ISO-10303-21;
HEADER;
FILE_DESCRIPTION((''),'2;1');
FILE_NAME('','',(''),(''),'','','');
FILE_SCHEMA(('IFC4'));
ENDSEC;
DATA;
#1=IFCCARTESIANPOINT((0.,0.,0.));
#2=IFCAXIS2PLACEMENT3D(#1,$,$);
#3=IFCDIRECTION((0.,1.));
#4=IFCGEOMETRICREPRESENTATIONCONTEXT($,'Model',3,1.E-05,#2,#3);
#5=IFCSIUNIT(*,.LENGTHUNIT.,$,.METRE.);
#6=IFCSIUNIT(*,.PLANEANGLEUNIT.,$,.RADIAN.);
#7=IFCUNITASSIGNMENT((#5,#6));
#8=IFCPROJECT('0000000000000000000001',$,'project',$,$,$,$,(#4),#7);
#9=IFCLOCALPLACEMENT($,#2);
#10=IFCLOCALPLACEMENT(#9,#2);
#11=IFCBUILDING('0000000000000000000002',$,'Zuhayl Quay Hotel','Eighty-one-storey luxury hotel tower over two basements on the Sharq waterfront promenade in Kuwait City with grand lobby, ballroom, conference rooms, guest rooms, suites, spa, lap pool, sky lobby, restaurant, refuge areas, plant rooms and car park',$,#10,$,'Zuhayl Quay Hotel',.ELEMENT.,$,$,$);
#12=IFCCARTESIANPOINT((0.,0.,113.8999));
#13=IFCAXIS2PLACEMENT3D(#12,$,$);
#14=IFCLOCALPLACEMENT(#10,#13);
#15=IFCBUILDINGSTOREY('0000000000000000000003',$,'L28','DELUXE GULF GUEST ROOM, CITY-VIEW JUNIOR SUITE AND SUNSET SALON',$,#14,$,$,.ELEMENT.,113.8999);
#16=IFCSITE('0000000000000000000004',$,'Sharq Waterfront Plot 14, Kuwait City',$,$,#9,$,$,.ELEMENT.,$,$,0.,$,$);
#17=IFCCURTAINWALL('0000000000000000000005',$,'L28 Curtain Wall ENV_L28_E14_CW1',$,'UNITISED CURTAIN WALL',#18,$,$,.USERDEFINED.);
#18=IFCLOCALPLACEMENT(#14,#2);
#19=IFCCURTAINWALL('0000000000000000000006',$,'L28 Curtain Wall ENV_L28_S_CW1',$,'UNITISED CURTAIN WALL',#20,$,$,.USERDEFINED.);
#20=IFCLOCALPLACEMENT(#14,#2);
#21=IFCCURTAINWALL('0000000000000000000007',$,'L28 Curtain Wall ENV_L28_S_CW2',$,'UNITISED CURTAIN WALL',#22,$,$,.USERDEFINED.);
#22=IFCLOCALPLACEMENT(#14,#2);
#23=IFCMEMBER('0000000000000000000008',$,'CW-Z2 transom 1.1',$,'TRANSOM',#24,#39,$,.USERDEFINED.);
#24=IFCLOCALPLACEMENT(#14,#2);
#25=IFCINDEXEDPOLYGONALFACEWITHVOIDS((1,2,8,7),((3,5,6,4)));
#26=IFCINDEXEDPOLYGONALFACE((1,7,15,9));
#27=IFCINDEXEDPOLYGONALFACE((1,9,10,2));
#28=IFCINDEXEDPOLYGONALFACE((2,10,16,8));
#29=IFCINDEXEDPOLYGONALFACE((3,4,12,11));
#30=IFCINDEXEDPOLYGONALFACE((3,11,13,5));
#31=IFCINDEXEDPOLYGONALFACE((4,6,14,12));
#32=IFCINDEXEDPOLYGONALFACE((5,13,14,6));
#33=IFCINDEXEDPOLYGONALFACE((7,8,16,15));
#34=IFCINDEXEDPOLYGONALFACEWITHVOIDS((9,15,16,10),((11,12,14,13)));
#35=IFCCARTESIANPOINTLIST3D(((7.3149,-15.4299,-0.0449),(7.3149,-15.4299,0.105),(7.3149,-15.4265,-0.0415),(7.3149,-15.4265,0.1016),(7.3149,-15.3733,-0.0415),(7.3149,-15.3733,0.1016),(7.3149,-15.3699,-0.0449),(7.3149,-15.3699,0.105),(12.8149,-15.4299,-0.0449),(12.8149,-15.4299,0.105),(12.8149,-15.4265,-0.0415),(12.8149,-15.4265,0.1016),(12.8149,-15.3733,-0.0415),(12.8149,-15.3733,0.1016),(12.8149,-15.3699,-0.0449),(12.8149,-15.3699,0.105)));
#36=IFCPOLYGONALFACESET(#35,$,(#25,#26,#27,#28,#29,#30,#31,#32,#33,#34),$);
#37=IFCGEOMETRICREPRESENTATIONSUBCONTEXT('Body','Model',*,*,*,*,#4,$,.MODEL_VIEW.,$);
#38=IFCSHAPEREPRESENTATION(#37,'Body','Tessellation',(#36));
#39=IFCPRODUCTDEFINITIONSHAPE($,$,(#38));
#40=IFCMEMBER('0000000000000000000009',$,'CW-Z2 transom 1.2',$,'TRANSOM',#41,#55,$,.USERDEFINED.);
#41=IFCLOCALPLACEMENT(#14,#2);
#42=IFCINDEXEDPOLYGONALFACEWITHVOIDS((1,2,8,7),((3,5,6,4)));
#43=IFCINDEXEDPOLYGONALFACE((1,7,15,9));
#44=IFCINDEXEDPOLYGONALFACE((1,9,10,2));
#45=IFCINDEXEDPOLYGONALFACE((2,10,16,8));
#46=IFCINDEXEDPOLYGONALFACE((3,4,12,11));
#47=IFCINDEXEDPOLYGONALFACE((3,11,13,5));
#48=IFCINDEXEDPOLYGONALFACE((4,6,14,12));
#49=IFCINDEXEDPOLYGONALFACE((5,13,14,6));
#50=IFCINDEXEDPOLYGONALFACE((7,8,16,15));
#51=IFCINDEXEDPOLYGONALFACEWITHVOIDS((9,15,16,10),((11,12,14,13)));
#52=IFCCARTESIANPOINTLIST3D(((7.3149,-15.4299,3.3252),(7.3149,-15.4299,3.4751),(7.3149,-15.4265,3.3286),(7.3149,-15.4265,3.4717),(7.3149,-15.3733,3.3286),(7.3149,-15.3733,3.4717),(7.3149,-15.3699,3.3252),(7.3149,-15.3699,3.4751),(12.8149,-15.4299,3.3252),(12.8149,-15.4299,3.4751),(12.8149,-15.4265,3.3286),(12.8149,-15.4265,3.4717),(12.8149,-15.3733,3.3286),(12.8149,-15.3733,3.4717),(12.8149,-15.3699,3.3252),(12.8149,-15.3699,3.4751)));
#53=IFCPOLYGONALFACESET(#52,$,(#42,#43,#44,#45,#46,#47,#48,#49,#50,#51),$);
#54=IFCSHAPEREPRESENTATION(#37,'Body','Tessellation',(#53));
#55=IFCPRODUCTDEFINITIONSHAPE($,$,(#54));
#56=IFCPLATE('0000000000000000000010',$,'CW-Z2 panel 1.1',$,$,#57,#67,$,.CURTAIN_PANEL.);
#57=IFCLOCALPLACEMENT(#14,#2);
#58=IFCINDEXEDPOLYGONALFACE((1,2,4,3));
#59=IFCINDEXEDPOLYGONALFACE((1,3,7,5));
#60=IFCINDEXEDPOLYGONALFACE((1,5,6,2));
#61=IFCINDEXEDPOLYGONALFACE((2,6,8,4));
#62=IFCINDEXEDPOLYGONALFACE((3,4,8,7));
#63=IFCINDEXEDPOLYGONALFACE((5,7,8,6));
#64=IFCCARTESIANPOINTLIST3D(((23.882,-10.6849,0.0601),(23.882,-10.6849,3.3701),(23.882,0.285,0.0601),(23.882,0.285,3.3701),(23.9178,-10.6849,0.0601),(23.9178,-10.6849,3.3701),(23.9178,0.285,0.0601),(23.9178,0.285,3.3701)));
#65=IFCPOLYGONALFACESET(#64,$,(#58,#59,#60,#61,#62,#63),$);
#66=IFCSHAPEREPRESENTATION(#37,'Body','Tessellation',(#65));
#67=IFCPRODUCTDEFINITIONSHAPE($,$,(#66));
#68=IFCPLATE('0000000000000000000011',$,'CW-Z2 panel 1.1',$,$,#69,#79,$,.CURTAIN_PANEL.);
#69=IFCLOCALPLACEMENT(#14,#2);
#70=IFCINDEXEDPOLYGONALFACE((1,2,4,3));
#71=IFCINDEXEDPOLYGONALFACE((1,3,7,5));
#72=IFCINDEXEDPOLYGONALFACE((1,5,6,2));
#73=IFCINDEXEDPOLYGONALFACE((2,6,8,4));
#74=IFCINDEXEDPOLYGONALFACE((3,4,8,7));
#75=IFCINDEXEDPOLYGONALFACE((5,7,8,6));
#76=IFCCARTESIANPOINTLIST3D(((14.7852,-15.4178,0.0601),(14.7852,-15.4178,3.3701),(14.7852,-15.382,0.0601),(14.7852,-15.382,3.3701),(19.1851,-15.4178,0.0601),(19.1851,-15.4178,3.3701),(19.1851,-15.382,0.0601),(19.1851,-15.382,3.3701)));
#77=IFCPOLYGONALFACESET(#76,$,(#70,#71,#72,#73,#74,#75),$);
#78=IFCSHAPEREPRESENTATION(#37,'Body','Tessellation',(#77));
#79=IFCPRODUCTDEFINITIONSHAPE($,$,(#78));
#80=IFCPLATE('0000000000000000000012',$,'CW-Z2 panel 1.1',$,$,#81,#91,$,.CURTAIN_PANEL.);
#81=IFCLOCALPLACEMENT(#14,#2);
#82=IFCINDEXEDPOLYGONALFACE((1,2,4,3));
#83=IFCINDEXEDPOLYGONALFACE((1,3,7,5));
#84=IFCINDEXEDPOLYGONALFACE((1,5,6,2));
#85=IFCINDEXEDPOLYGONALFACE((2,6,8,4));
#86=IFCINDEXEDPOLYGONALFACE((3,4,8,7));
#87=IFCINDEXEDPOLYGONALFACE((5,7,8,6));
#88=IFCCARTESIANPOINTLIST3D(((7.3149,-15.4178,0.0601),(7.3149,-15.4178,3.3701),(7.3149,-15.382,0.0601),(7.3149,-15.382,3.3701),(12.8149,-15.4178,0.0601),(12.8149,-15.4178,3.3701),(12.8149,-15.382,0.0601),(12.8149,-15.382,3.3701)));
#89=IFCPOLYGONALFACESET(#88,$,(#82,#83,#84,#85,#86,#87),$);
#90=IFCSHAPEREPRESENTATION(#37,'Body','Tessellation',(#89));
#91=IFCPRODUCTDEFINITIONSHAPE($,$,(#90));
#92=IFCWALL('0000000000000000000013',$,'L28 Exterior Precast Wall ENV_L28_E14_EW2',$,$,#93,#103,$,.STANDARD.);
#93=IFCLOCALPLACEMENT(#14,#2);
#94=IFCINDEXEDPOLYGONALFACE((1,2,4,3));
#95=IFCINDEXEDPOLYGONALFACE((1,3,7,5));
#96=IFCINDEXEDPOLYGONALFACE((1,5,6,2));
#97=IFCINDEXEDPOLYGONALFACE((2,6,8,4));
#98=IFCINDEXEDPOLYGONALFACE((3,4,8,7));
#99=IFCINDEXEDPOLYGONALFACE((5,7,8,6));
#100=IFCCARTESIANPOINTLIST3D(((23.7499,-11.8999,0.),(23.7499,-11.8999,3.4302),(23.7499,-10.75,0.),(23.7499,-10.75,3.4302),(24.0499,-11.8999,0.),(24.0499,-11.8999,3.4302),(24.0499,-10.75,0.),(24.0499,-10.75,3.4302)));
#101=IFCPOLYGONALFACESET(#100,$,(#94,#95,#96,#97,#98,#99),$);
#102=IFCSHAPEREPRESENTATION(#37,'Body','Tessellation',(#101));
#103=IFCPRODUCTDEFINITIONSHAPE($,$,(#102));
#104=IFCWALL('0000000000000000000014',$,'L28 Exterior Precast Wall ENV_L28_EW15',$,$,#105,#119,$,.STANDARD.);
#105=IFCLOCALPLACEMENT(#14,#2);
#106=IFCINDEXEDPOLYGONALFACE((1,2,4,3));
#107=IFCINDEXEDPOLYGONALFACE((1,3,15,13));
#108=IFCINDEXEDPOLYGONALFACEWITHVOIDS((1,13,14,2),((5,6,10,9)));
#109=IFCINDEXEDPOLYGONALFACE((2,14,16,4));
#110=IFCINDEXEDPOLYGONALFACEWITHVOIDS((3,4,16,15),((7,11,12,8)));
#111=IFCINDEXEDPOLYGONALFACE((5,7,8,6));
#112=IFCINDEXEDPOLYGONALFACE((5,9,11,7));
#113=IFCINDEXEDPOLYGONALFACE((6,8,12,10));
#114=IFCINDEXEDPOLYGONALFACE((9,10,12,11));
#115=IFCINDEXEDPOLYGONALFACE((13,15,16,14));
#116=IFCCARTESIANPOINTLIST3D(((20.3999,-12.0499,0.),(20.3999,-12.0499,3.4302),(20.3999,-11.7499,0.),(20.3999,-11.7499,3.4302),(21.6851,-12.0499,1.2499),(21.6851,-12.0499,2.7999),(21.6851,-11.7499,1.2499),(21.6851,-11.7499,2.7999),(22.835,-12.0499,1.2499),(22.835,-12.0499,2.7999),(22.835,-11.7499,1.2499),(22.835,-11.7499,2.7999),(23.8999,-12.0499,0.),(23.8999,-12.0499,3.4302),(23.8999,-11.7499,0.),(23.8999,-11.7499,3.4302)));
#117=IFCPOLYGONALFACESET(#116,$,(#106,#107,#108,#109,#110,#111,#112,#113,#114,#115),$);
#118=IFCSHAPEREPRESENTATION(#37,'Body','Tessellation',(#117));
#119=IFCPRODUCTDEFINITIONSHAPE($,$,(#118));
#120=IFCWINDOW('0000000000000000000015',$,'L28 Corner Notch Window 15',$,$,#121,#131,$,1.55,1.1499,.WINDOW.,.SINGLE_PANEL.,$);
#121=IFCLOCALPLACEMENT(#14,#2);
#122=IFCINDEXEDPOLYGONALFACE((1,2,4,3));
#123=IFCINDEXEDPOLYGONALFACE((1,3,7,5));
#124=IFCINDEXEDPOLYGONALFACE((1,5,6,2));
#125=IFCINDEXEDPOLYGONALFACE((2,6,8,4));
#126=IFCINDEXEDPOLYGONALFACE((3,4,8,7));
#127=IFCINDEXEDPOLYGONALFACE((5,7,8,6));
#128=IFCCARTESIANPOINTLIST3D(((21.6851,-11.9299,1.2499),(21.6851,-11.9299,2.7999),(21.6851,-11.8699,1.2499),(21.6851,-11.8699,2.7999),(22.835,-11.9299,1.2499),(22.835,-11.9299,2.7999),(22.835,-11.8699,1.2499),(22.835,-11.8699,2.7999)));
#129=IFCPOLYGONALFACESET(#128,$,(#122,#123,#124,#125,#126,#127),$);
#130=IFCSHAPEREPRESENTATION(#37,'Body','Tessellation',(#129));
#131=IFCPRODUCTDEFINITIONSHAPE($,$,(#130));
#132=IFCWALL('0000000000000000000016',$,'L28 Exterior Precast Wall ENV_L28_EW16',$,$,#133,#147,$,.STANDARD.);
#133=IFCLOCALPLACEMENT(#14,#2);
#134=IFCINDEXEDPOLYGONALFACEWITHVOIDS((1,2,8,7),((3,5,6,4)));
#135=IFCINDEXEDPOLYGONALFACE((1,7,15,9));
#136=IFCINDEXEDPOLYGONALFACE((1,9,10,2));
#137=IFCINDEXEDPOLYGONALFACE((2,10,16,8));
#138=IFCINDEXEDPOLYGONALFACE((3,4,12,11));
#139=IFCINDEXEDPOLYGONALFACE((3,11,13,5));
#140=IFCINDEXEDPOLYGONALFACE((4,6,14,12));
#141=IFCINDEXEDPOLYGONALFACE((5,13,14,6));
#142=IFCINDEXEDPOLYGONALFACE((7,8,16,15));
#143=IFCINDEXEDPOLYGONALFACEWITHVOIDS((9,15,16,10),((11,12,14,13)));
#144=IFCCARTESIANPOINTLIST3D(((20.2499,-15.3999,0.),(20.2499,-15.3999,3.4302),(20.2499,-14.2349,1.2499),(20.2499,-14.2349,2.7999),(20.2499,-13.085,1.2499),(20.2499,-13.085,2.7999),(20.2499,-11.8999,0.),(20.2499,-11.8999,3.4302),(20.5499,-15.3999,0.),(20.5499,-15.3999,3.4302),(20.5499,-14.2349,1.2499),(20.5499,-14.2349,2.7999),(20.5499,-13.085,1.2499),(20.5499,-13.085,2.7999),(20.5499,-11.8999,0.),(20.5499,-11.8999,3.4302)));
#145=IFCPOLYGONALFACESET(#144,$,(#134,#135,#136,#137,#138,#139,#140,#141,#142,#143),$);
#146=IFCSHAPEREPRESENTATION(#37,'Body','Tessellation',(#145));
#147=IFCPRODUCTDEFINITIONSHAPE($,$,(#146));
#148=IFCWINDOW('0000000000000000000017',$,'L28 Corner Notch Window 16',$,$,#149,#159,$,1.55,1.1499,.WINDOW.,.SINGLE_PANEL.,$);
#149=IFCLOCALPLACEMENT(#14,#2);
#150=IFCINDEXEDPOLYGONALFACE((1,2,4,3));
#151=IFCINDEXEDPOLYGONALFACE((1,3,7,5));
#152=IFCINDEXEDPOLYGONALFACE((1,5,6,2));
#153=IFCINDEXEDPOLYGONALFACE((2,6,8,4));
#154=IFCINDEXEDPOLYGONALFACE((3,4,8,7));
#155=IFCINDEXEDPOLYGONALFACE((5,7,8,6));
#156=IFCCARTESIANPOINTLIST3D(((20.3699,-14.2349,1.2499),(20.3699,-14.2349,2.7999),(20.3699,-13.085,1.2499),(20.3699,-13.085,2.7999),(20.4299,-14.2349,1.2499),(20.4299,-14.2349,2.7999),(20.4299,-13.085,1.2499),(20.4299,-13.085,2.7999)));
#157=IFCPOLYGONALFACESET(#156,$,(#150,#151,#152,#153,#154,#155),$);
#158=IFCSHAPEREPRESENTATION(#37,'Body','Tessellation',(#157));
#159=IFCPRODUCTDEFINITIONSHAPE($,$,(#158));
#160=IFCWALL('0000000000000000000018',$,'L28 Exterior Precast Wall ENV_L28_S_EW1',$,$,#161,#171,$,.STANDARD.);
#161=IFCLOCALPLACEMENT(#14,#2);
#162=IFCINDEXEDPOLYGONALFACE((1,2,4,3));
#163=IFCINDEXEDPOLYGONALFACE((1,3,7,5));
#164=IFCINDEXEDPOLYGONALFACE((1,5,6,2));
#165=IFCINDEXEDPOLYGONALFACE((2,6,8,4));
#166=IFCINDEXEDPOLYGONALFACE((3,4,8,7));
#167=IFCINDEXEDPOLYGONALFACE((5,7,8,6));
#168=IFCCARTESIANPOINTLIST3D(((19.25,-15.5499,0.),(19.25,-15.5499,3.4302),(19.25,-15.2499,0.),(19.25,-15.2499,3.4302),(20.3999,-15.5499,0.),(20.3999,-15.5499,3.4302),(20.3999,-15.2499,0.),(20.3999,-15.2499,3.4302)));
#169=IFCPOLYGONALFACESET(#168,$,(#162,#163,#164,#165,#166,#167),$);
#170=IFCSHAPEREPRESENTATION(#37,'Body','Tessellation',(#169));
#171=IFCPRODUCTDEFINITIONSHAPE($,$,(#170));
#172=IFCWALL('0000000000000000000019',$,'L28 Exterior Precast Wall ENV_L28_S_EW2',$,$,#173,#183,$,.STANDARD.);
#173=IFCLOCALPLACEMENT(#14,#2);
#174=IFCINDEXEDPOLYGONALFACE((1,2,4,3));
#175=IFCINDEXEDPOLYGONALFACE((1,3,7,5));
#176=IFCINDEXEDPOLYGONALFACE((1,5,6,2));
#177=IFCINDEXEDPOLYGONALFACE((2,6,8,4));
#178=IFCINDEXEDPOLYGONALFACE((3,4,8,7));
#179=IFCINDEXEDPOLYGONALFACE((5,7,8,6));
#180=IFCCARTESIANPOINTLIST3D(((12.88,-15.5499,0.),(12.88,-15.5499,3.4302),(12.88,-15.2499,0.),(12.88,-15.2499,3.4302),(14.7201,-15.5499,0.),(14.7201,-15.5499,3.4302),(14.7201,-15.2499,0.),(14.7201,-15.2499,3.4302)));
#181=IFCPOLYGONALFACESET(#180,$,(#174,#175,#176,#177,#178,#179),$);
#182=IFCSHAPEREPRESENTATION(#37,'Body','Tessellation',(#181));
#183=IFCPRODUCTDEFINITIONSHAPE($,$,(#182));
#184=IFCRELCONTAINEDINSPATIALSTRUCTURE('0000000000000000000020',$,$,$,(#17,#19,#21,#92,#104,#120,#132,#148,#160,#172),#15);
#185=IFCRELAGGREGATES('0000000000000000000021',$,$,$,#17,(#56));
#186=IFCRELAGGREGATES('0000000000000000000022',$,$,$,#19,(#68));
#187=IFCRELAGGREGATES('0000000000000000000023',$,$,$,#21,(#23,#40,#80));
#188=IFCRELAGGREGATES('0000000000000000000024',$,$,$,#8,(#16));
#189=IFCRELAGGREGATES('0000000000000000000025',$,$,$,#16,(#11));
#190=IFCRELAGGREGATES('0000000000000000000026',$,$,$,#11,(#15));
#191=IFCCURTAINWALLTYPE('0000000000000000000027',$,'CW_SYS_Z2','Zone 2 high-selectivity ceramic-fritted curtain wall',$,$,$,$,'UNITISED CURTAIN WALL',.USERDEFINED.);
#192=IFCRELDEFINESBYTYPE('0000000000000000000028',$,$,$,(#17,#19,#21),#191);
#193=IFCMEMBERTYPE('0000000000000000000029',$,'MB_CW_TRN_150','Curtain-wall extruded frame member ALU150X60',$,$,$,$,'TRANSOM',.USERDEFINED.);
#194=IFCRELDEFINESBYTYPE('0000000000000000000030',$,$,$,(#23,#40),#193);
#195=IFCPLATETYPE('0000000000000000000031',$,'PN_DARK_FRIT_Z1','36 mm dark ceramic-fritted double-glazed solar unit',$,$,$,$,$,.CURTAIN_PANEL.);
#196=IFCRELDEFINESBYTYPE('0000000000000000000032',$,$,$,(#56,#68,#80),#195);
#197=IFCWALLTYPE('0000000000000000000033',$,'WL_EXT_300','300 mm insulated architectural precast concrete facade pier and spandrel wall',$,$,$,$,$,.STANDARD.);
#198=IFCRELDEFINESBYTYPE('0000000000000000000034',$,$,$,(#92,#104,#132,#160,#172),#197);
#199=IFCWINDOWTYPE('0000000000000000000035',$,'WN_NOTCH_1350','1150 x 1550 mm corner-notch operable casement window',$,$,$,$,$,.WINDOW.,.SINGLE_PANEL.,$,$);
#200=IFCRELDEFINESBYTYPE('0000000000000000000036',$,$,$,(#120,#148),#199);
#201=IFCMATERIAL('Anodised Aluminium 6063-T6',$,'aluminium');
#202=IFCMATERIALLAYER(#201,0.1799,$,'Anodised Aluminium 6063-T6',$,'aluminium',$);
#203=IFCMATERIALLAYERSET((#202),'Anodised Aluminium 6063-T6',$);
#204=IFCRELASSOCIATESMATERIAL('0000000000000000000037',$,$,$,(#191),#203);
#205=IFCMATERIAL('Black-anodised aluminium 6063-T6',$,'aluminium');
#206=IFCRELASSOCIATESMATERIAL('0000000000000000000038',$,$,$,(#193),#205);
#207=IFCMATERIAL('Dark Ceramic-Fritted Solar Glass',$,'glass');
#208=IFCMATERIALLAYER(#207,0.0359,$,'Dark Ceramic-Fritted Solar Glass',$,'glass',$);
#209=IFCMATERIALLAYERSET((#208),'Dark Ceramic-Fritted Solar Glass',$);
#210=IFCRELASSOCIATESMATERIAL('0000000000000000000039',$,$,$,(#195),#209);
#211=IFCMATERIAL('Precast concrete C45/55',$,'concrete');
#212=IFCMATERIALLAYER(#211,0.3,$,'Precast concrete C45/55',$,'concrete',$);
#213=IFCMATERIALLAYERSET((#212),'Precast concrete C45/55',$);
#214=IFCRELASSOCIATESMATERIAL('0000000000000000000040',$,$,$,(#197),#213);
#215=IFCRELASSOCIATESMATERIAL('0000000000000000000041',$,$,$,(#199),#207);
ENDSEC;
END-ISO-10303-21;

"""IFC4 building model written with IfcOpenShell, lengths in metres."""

from ifc_helpers import new_model, si_unit, direction, frame, frame_2d, origin, origin_2d, place, context, subcontext, project, spatial, rectangle, hollow_rectangle, extrude, material, layer, layer_set, material_profile, profile_set, type_object, element, fill, aggregate, save


model = new_model("IFC4")

# Units and contexts
model_context = context("Model", 3, precision=1e-05, world=origin(), true_north=direction((0.0, 1.0)))
body_context = subcontext(model_context, "Body", "Model", "MODEL_VIEW")
ifc_project = project(units=[si_unit("LENGTHUNIT", "METRE"), si_unit("PLANEANGLEUNIT", "RADIAN")], contexts=[model_context])

# Site, building, storey
site_placement = place(None, origin())
site = spatial("IfcSite", under=ifc_project, at=site_placement, Name="Sharq Waterfront Plot 14, Kuwait City", CompositionType="ELEMENT", RefElevation=0.0)
building_placement = place(site_placement, origin())
building = spatial("IfcBuilding", under=site, at=building_placement, Name="Zuhayl Quay Hotel", Description="Eighty-one-storey luxury hotel tower over two basements on the Sharq waterfront promenade in Kuwait City with grand lobby, ballroom, conference rooms, guest rooms, suites, spa, lap pool, sky lobby, restaurant, refuge areas, plant rooms and car park", LongName="Zuhayl Quay Hotel", CompositionType="ELEMENT")
storey_placement = place(building_placement, frame((0.0, 0.0, 113.8999)))
storey = spatial("IfcBuildingStorey", under=building, at=storey_placement, Name="L28", Description="DELUXE GULF GUEST ROOM, CITY-VIEW JUNIOR SUITE AND SUNSET SALON", CompositionType="ELEMENT", Elevation=113.8999)

# Curtain wall
ifc_material_1 = material(Name="Anodised Aluminium 6063-T6", Category="aluminium")
ifc_layer_1 = layer(ifc_material_1, 0.1799, Name="Anodised Aluminium 6063-T6", Category="aluminium")
ifc_layer_set_1 = layer_set([ifc_layer_1], Name="Anodised Aluminium 6063-T6")
curtain_wall_type = type_object("IfcCurtainWallType", Name="CW_SYS_Z2", Description="Zone 2 high-selectivity ceramic-fritted curtain wall", ElementType="UNITISED CURTAIN WALL", PredefinedType="USERDEFINED", material=ifc_layer_set_1)
curtain_wall_1_placement = place(storey_placement, origin())
curtain_wall_1 = element("IfcCurtainWall", 1, at=curtain_wall_1_placement, inside=storey, type_object=curtain_wall_type, Name="L28 Curtain Wall ENV_L28_E14_CW1", ObjectType="UNITISED CURTAIN WALL", PredefinedType="USERDEFINED")
ifc_material_2 = material(Name="Black-anodised aluminium 6063-T6", Category="aluminium")

# Curtain walls
curtain_wall_2_placement = place(storey_placement, origin())
curtain_wall_2 = element("IfcCurtainWall", 2, at=curtain_wall_2_placement, inside=storey, type_object=curtain_wall_type, Name="L28 Curtain Wall ENV_L28_S_CW1", ObjectType="UNITISED CURTAIN WALL", PredefinedType="USERDEFINED")
curtain_wall_3_placement = place(storey_placement, origin())
curtain_wall_3 = element("IfcCurtainWall", 3, at=curtain_wall_3_placement, inside=storey, type_object=curtain_wall_type, Name="L28 Curtain Wall ENV_L28_S_CW2", ObjectType="UNITISED CURTAIN WALL", PredefinedType="USERDEFINED")

# Members
ifc_material_profile_1 = material_profile(ifc_material_2, hollow_rectangle(XDim=0.0601, YDim=0.1499, WallThickness=0.0034, at=origin_2d()), Name="ALU150X60")
ifc_profile_set_1 = profile_set([ifc_material_profile_1], Name="Black-anodised aluminium 6063-T6")
member_type_1 = type_object("IfcMemberType", Name="MB_CW_TRN_150", Description="Curtain-wall extruded frame member ALU150X60", ElementType="TRANSOM", PredefinedType="USERDEFINED", material=ifc_profile_set_1)
member_1_placement = place(storey_placement, frame((12.8149, -15.3999, 0.03), z_axis=(-1.0, 0.0, 0.0), x_axis=(0.0, -1.0, 0.0)))
member_1 = element("IfcMember", 4, at=member_1_placement, type_object=member_type_1, Name="CW-Z2 transom 1.1", ObjectType="TRANSOM", PredefinedType="USERDEFINED", context=body_context, shape_type="SweptSolid", body=[
    extrude(hollow_rectangle(XDim=0.0601, YDim=0.1499, WallThickness=0.0034, at=origin_2d()), origin(), (0.0, 0.0, 1.0), 5.5),
])
member_2_placement = place(storey_placement, frame((12.8149, -15.3999, 3.4001), z_axis=(-1.0, 0.0, 0.0), x_axis=(0.0, -1.0, 0.0)))
member_2 = element("IfcMember", 5, at=member_2_placement, type_object=member_type_1, Name="CW-Z2 transom 1.2", ObjectType="TRANSOM", PredefinedType="USERDEFINED", context=body_context, shape_type="SweptSolid", body=[
    extrude(hollow_rectangle(XDim=0.0601, YDim=0.1499, WallThickness=0.0034, at=origin_2d()), origin(), (0.0, 0.0, 1.0), 5.5),
])

# Plates
ifc_material_3 = material(Name="Dark Ceramic-Fritted Solar Glass", Category="glass")
ifc_layer_2 = layer(ifc_material_3, 0.0359, Name="Dark Ceramic-Fritted Solar Glass", Category="glass")
ifc_layer_set_2 = layer_set([ifc_layer_2], Name="Dark Ceramic-Fritted Solar Glass")
plate_type = type_object("IfcPlateType", Name="PN_DARK_FRIT_Z1", Description="36 mm dark ceramic-fritted double-glazed solar unit", PredefinedType="CURTAIN_PANEL", material=ifc_layer_set_2)
plate_1_placement = place(storey_placement, frame((23.8999, -5.2, 0.0601), z_axis=(0.0, 0.0, 1.0), x_axis=(0.0, -1.0, 0.0)))
plate_1 = element("IfcPlate", 6, at=plate_1_placement, type_object=plate_type, Name="CW-Z2 panel 1.1", PredefinedType="CURTAIN_PANEL", context=body_context, shape_type="SweptSolid", body=[
    extrude(rectangle(XDim=10.97, YDim=0.0359, at=origin_2d()), origin(), (0.0, 0.0, 1.0), 3.3101),
])
aggregate(curtain_wall_1, [plate_1])
plate_2_placement = place(storey_placement, frame((16.9851, -15.3999, 0.0601), z_axis=(0.0, 0.0, 1.0), x_axis=(-1.0, 0.0, 0.0)))
plate_2 = element("IfcPlate", 7, at=plate_2_placement, type_object=plate_type, Name="CW-Z2 panel 1.1", PredefinedType="CURTAIN_PANEL", context=body_context, shape_type="SweptSolid", body=[
    extrude(rectangle(XDim=4.3999, YDim=0.0359, at=origin_2d()), origin(), (0.0, 0.0, 1.0), 3.3101),
])
aggregate(curtain_wall_2, [plate_2])
plate_3_placement = place(storey_placement, frame((10.0649, -15.3999, 0.0601), z_axis=(0.0, 0.0, 1.0), x_axis=(-1.0, 0.0, 0.0)))
plate_3 = element("IfcPlate", 8, at=plate_3_placement, type_object=plate_type, Name="CW-Z2 panel 1.1", PredefinedType="CURTAIN_PANEL", context=body_context, shape_type="SweptSolid", body=[
    extrude(rectangle(XDim=5.5, YDim=0.0359, at=origin_2d()), origin(), (0.0, 0.0, 1.0), 3.3101),
])
aggregate(curtain_wall_3, [member_1, member_2, plate_3])

# Wall
ifc_material_4 = material(Name="Precast concrete C45/55", Category="concrete")
ifc_layer_3 = layer(ifc_material_4, 0.3, Name="Precast concrete C45/55", Category="concrete")
ifc_layer_set_3 = layer_set([ifc_layer_3], Name="Precast concrete C45/55")
wall_type_1 = type_object("IfcWallType", Name="WL_EXT_300", Description="300 mm insulated architectural precast concrete facade pier and spandrel wall", PredefinedType="STANDARD", material=ifc_layer_set_3)
wall_1_placement = place(storey_placement, frame((23.8999, -10.75, 0.0), z_axis=(0.0, 0.0, 1.0), x_axis=(0.0, -1.0, 0.0)))
element("IfcWall", 9, at=wall_1_placement, inside=storey, type_object=wall_type_1, Name="L28 Exterior Precast Wall ENV_L28_E14_EW2", PredefinedType="STANDARD", context=body_context, shape_type="SweptSolid", body=[
    extrude(rectangle(XDim=1.1499, YDim=0.3, at=frame_2d((0.575, 0.0))), origin(), (0.0, 0.0, 1.0), 3.4302),
])

# Walls, openings, windows
wall_2_placement = place(storey_placement, frame((23.8999, -11.8999, 0.0), z_axis=(0.0, 0.0, 1.0), x_axis=(-1.0, 0.0, 0.0)))
wall_2 = element("IfcWall", 10, at=wall_2_placement, inside=storey, type_object=wall_type_1, Name="L28 Exterior Precast Wall ENV_L28_EW15", PredefinedType="STANDARD", context=body_context, shape_type="SweptSolid", body=[
    extrude(rectangle(XDim=3.5, YDim=0.3, at=frame_2d((1.75, 0.0))), origin(), (0.0, 0.0, 1.0), 3.4302),
])
opening_1_placement = place(wall_2_placement, frame((1.0649, 0.0, 1.25)))
opening_1 = element("IfcOpeningElement", 11, at=opening_1_placement, cuts=wall_2, PredefinedType="OPENING", context=body_context, shape_type="SweptSolid", body=[
    extrude(rectangle(XDim=1.1499, YDim=1.55, at=frame_2d((0.575, 0.7749))), frame((0.0, 0.1599, 0.0), z_axis=(0.0, -1.0, 0.0), x_axis=(1.0, 0.0, 0.0)), (0.0, 0.0, 1.0), 0.3201),
])
window_type = type_object("IfcWindowType", Name="WN_NOTCH_1350", Description="1150 x 1550 mm corner-notch operable casement window", PartitioningType="SINGLE_PANEL", PredefinedType="WINDOW", material=ifc_material_3)
window_1_placement = place(opening_1_placement, origin())
window_1 = element("IfcWindow", 12, at=window_1_placement, inside=storey, type_object=window_type, Name="L28 Corner Notch Window 15", OverallHeight=1.55, OverallWidth=1.1499, PartitioningType="SINGLE_PANEL", PredefinedType="WINDOW", context=body_context, shape_type="SweptSolid", body=[
    extrude(rectangle(XDim=1.1499, YDim=1.55, at=frame_2d((0.575, 0.7749))), frame((0.0, 0.03, 0.0), z_axis=(0.0, -1.0, 0.0), x_axis=(1.0, 0.0, 0.0)), (0.0, 0.0, 1.0), 0.0601),
])
fill(opening_1, window_1)
wall_3_placement = place(storey_placement, frame((20.3999, -11.8999, 0.0), z_axis=(0.0, 0.0, 1.0), x_axis=(0.0, -1.0, 0.0)))
wall_3 = element("IfcWall", 13, at=wall_3_placement, inside=storey, type_object=wall_type_1, Name="L28 Exterior Precast Wall ENV_L28_EW16", PredefinedType="STANDARD", context=body_context, shape_type="SweptSolid", body=[
    extrude(rectangle(XDim=3.5, YDim=0.3, at=frame_2d((1.75, 0.0))), origin(), (0.0, 0.0, 1.0), 3.4302),
])
opening_2_placement = place(wall_3_placement, frame((1.1851, 0.0, 1.25)))
opening_2 = element("IfcOpeningElement", 14, at=opening_2_placement, cuts=wall_3, PredefinedType="OPENING", context=body_context, shape_type="SweptSolid", body=[
    extrude(rectangle(XDim=1.1499, YDim=1.55, at=frame_2d((0.575, 0.7749))), frame((0.0, 0.1599, 0.0), z_axis=(0.0, -1.0, 0.0), x_axis=(1.0, 0.0, 0.0)), (0.0, 0.0, 1.0), 0.3201),
])
window_2_placement = place(opening_2_placement, origin())
window_2 = element("IfcWindow", 15, at=window_2_placement, inside=storey, type_object=window_type, Name="L28 Corner Notch Window 16", OverallHeight=1.55, OverallWidth=1.1499, PartitioningType="SINGLE_PANEL", PredefinedType="WINDOW", context=body_context, shape_type="SweptSolid", body=[
    extrude(rectangle(XDim=1.1499, YDim=1.55, at=frame_2d((0.575, 0.7749))), frame((0.0, 0.03, 0.0), z_axis=(0.0, -1.0, 0.0), x_axis=(1.0, 0.0, 0.0)), (0.0, 0.0, 1.0), 0.0601),
])
fill(opening_2, window_2)

# Walls
wall_4_placement = place(storey_placement, frame((20.3999, -15.3999, 0.0), z_axis=(0.0, 0.0, 1.0), x_axis=(-1.0, 0.0, 0.0)))
element("IfcWall", 16, at=wall_4_placement, inside=storey, type_object=wall_type_1, Name="L28 Exterior Precast Wall ENV_L28_S_EW1", PredefinedType="STANDARD", context=body_context, shape_type="SweptSolid", body=[
    extrude(rectangle(XDim=1.1499, YDim=0.3, at=frame_2d((0.575, 0.0))), origin(), (0.0, 0.0, 1.0), 3.4302),
])
wall_5_placement = place(storey_placement, frame((14.72, -15.3999, 0.0), z_axis=(0.0, 0.0, 1.0), x_axis=(-1.0, 0.0, 0.0)))
element("IfcWall", 17, at=wall_5_placement, inside=storey, type_object=wall_type_1, Name="L28 Exterior Precast Wall ENV_L28_S_EW2", PredefinedType="STANDARD", context=body_context, shape_type="SweptSolid", body=[
    extrude(rectangle(XDim=1.8401, YDim=0.3, at=frame_2d((0.9199, 0.0))), origin(), (0.0, 0.0, 1.0), 3.4302),
])

save(model, "model.ifc")
